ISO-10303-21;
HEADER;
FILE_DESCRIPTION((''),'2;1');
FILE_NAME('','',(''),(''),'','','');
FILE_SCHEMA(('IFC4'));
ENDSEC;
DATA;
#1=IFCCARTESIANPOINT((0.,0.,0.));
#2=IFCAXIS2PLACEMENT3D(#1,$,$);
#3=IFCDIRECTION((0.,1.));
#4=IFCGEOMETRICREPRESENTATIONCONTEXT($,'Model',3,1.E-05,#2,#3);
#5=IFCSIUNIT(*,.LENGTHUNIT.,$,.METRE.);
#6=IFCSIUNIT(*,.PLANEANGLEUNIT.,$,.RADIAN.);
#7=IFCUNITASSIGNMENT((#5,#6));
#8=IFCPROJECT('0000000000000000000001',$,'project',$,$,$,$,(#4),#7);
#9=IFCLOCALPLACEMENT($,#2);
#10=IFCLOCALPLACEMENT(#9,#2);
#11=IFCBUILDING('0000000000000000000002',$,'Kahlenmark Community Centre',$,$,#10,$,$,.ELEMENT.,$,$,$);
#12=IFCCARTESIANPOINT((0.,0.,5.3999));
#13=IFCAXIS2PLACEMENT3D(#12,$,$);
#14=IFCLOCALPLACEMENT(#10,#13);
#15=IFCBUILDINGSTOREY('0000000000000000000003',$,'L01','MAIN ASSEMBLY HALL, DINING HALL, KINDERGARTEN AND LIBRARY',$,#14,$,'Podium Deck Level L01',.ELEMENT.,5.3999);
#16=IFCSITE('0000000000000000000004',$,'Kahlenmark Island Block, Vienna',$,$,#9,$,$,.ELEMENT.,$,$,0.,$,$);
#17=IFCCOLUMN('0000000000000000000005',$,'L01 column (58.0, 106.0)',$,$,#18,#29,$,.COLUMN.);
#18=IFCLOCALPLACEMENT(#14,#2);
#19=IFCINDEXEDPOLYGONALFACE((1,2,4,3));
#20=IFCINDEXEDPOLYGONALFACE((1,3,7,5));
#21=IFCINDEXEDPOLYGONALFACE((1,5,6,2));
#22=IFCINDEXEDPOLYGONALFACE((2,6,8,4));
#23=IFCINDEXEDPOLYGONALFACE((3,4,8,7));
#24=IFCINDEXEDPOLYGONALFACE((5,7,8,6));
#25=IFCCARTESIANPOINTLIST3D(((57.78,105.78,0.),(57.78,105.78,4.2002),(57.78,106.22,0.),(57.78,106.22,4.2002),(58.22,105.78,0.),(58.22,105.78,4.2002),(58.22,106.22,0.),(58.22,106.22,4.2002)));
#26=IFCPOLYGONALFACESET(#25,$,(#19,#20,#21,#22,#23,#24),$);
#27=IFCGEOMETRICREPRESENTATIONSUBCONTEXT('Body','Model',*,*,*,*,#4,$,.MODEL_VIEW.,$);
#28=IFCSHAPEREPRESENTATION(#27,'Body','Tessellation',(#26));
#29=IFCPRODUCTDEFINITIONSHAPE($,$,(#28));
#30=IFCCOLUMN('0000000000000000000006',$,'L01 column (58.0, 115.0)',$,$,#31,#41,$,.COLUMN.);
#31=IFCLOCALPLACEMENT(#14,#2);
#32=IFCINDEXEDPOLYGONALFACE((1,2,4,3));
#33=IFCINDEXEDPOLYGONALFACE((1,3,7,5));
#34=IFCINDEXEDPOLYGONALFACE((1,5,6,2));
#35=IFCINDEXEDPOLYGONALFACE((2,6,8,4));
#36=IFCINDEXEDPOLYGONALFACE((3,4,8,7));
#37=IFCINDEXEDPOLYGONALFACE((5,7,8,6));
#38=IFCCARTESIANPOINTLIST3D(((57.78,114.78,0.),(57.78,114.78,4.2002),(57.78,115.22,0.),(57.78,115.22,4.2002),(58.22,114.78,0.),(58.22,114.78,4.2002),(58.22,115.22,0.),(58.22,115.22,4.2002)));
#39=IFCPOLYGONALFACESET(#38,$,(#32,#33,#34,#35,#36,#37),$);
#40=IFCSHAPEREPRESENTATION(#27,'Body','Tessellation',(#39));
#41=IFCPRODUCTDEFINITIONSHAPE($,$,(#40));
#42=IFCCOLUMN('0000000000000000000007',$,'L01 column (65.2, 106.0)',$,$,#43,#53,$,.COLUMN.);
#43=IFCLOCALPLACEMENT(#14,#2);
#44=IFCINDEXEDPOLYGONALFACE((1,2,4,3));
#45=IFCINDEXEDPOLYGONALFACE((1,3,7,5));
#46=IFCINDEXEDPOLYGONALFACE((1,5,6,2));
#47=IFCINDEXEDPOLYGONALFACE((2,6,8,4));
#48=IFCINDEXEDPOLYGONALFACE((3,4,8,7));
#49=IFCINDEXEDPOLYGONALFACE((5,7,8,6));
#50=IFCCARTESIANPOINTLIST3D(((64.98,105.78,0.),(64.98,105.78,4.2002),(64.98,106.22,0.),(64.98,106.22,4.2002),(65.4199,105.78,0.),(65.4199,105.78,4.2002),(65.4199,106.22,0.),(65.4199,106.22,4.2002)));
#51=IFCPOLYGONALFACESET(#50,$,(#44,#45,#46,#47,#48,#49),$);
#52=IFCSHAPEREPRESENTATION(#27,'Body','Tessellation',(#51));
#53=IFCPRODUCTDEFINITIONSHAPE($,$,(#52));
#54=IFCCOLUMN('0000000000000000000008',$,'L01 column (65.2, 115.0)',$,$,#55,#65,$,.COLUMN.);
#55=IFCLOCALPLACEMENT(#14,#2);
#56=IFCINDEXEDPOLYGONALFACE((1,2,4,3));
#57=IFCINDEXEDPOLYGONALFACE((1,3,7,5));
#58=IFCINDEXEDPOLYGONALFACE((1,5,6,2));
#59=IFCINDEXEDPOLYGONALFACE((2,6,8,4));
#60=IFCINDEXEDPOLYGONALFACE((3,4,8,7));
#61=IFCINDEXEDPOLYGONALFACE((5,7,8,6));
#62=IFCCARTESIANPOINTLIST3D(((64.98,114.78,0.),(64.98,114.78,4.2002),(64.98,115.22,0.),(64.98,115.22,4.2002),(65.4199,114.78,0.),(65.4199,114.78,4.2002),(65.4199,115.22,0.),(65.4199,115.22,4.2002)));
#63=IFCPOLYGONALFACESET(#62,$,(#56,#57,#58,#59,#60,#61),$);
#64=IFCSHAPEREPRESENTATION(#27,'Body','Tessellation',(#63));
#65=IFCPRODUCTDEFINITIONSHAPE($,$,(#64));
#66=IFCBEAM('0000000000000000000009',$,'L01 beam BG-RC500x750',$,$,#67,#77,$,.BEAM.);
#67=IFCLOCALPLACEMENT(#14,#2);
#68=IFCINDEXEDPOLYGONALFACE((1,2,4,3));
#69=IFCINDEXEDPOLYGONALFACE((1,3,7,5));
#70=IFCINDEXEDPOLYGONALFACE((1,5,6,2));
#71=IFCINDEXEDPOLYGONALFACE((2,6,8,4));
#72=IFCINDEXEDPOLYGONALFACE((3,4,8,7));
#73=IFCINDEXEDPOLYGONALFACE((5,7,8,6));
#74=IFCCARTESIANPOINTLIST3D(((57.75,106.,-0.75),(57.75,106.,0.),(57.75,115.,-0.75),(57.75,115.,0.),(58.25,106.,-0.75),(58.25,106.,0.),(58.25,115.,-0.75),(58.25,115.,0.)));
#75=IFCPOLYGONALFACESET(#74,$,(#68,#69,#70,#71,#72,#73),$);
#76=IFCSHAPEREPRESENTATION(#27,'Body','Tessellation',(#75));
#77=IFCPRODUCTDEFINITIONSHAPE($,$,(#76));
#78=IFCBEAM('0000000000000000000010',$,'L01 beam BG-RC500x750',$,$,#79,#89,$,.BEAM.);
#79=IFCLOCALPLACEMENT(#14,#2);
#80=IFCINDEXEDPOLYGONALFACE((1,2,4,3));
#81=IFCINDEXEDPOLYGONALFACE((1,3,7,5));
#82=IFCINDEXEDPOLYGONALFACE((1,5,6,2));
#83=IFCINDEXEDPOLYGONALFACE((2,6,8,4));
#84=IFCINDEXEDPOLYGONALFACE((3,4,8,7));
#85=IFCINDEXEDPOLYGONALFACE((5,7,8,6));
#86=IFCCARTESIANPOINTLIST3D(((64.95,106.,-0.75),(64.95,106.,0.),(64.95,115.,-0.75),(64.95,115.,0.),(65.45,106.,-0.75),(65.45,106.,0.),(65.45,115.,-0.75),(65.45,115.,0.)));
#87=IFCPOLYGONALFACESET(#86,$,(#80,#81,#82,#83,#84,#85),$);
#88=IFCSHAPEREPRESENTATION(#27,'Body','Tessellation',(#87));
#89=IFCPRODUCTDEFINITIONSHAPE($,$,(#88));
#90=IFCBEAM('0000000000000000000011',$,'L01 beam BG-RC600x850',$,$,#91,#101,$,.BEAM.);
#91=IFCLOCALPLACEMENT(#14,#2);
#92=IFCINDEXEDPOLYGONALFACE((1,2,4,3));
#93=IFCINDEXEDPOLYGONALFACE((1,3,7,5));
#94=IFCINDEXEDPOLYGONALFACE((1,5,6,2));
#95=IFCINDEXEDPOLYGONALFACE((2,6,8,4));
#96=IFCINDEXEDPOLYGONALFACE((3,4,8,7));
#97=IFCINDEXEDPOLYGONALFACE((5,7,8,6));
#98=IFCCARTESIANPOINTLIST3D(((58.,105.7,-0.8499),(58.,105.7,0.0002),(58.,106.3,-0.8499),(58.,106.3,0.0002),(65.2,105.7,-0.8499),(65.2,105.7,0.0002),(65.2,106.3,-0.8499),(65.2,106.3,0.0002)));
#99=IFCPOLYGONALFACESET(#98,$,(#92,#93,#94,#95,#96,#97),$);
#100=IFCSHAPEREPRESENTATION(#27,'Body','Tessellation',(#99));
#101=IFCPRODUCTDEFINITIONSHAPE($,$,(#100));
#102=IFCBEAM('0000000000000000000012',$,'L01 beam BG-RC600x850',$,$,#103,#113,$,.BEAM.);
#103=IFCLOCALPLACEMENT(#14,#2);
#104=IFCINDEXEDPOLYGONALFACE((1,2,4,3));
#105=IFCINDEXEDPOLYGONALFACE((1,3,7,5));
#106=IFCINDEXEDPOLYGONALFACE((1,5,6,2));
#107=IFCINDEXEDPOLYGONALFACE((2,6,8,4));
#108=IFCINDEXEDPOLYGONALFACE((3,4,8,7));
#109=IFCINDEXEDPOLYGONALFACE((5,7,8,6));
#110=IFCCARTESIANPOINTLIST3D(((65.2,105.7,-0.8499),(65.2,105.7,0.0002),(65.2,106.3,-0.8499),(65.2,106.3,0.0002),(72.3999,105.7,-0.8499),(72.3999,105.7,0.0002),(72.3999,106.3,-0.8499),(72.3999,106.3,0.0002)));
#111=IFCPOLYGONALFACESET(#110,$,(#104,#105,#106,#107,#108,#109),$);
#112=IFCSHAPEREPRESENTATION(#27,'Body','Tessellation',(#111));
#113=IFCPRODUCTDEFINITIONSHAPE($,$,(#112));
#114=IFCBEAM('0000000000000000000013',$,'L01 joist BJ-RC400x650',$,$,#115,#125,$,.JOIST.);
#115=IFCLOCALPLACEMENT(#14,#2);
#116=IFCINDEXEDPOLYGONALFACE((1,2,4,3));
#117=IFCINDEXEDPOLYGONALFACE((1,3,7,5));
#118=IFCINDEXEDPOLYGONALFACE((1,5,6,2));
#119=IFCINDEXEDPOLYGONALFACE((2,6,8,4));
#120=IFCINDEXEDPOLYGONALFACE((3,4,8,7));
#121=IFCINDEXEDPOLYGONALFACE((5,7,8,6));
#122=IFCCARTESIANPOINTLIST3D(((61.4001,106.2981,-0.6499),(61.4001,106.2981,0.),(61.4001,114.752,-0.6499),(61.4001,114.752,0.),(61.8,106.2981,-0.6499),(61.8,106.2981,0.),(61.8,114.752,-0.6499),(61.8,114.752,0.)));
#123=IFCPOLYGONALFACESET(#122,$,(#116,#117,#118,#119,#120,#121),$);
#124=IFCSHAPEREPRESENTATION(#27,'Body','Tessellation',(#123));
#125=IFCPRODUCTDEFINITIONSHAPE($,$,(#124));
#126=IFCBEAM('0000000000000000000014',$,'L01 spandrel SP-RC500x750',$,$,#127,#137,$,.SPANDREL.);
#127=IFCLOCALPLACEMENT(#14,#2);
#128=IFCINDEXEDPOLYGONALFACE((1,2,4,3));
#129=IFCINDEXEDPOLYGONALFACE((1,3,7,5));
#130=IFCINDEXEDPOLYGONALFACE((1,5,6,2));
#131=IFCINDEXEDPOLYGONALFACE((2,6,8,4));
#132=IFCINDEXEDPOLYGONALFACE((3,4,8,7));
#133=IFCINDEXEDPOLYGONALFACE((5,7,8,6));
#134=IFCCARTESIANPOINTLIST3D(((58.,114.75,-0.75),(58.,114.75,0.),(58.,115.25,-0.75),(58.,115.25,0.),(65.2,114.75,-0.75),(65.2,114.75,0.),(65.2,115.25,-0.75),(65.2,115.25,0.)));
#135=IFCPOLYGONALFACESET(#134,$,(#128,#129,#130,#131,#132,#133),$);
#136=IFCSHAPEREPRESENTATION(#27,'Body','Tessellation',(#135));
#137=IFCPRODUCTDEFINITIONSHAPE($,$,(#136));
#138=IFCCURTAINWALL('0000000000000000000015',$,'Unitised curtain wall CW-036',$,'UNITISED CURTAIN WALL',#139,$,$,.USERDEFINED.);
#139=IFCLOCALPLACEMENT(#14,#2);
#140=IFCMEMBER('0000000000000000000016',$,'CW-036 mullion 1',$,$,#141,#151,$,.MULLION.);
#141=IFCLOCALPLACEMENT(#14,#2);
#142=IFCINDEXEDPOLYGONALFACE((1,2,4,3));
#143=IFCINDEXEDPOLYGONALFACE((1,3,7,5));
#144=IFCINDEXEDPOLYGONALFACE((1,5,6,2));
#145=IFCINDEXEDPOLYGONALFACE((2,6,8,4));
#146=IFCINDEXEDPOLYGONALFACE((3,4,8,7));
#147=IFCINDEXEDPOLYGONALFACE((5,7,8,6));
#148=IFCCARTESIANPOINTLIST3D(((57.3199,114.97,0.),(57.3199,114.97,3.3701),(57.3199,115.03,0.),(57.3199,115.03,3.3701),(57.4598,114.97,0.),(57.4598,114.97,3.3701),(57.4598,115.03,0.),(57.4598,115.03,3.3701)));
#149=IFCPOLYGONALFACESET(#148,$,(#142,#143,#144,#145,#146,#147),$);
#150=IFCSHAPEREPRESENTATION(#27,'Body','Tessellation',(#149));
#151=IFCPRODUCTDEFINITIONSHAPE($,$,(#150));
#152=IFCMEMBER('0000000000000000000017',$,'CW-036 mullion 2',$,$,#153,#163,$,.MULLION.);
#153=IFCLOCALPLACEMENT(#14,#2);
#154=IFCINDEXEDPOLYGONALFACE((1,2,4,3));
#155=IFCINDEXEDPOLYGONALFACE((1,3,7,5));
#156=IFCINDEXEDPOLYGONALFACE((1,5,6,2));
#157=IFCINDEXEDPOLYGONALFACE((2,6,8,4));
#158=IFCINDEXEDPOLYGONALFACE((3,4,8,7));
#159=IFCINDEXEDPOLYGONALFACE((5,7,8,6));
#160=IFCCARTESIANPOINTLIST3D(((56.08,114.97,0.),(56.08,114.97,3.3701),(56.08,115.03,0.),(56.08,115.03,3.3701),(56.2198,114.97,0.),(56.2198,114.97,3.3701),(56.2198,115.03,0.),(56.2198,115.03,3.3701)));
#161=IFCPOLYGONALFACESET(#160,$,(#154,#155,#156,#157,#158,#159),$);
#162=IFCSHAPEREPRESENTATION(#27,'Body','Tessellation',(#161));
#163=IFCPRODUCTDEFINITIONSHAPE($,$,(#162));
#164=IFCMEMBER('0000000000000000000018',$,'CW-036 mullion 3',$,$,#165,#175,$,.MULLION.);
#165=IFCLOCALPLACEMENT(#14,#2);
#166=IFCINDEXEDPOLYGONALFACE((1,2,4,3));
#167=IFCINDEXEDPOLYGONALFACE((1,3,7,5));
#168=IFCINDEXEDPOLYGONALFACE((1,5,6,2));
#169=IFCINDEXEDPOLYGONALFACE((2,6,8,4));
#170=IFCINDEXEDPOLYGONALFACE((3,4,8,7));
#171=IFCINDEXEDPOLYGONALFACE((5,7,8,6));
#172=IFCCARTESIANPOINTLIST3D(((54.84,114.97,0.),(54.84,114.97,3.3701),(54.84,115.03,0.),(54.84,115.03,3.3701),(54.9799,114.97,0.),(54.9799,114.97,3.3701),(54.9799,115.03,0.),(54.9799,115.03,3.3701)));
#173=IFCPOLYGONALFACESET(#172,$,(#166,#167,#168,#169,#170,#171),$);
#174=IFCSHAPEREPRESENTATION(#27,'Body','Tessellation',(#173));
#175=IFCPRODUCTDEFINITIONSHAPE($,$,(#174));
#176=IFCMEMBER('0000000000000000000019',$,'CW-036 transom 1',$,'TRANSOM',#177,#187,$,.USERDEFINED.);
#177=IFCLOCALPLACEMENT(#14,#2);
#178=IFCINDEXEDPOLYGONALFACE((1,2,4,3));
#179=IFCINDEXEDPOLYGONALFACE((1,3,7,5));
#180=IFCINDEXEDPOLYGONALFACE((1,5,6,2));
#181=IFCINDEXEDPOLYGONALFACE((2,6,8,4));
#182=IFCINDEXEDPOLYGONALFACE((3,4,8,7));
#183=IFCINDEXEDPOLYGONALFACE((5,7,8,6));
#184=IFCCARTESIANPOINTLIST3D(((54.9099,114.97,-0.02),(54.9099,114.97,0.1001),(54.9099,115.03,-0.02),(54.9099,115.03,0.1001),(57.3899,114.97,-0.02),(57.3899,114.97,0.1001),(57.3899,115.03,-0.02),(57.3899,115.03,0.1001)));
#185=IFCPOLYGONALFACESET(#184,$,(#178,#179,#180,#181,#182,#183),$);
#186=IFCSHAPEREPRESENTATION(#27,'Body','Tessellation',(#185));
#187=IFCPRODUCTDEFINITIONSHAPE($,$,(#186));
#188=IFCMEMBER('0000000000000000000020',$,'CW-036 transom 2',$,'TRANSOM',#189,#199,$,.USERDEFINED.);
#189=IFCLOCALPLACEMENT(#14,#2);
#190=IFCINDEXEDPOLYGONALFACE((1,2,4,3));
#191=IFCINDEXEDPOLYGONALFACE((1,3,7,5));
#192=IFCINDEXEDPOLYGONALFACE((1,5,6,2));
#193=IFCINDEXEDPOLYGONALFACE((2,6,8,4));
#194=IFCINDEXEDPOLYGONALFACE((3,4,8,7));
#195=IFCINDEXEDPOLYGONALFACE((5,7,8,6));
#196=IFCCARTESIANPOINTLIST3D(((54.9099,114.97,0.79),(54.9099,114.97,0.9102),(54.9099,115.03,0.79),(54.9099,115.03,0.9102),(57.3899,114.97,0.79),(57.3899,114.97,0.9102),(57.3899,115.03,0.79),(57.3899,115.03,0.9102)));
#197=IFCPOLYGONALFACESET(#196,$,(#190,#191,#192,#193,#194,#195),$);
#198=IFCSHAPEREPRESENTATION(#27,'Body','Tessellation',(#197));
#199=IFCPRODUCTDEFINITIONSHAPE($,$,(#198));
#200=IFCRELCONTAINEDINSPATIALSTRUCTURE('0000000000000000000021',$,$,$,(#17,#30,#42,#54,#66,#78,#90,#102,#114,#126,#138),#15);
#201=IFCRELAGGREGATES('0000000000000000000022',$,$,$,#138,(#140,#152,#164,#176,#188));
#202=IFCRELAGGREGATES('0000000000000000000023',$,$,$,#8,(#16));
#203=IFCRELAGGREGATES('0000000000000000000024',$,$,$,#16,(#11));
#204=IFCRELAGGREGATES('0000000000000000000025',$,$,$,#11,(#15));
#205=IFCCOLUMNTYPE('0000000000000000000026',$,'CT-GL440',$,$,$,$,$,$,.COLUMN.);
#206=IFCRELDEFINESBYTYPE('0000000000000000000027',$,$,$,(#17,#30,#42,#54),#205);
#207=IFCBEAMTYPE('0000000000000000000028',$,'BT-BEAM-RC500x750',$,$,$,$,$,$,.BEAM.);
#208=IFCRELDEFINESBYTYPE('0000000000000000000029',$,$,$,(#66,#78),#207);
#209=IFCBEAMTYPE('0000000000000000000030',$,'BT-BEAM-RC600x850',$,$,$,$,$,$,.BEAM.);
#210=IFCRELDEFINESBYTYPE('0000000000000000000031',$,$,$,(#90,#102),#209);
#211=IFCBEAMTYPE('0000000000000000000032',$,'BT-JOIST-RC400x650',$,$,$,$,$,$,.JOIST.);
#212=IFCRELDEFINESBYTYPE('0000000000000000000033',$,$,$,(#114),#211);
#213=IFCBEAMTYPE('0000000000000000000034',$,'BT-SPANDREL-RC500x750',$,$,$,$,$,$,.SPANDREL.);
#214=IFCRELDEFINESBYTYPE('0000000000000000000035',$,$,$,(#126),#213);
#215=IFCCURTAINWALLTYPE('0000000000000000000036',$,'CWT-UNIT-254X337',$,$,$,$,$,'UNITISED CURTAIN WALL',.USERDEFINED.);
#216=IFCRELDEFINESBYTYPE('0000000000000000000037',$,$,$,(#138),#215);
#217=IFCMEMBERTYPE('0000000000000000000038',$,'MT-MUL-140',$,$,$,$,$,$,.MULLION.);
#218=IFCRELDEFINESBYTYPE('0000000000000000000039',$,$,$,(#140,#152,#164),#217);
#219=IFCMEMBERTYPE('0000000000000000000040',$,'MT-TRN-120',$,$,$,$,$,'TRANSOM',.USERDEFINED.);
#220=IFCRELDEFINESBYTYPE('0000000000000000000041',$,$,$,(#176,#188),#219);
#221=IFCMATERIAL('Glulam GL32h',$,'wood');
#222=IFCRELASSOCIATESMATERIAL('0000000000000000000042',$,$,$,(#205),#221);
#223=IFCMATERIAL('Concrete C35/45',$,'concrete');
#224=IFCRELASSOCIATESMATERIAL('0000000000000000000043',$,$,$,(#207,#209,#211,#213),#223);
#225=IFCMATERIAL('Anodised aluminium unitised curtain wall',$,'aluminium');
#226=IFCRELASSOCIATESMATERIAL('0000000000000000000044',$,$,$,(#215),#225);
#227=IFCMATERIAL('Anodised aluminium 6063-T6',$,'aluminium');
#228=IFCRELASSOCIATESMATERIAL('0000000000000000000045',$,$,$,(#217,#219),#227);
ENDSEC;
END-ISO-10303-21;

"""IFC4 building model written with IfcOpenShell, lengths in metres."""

from ifc_helpers import new_model, si_unit, direction, frame, origin, origin_2d, place, context, subcontext, project, spatial, rectangle, extrude, material, material_profile, profile_set, type_object, element, aggregate, save


model = new_model("IFC4")

# Units and contexts
model_context = context("Model", 3, precision=1e-05, world=origin(), true_north=direction((0.0, 1.0)))
body_context = subcontext(model_context, "Body", "Model", "MODEL_VIEW")
ifc_project = project(units=[si_unit("LENGTHUNIT", "METRE"), si_unit("PLANEANGLEUNIT", "RADIAN")], contexts=[model_context])

# Site, building, storey
site_placement = place(None, origin())
site = spatial("IfcSite", under=ifc_project, at=site_placement, Name="Kahlenmark Island Block, Vienna", CompositionType="ELEMENT", RefElevation=0.0)
building_placement = place(site_placement, origin())
building = spatial("IfcBuilding", under=site, at=building_placement, Name="Kahlenmark Community Centre", CompositionType="ELEMENT")
storey_placement = place(building_placement, frame((0.0, 0.0, 5.3999)))
storey = spatial("IfcBuildingStorey", under=building, at=storey_placement, Name="L01", Description="MAIN ASSEMBLY HALL, DINING HALL, KINDERGARTEN AND LIBRARY", LongName="Podium Deck Level L01", CompositionType="ELEMENT", Elevation=5.3999)

# Columns
ifc_material_1 = material(Name="Glulam GL32h", Category="wood")
ifc_material_profile_1 = material_profile(ifc_material_1, rectangle(XDim=0.4399, YDim=0.4399, at=origin_2d()), Name="GL32h 440x440")
ifc_profile_set_1 = profile_set([ifc_material_profile_1], Name="Glulam GL32h")
column_type = type_object("IfcColumnType", Name="CT-GL440", PredefinedType="COLUMN", material=ifc_profile_set_1)
for number, where, z_axis, x_axis, name in (
    (1, (58.0, 106.0, 0.0), (0.0, 0.0, 1.0), (1.0, 0.0, 0.0), "L01 column (58.0, 106.0)"),
    (2, (58.0, 115.0, 0.0), (0.0, 0.0, 1.0), (1.0, 0.0, 0.0), "L01 column (58.0, 115.0)"),
    (3, (65.2, 106.0, 0.0), (0.0, 0.0, 1.0), (1.0, 0.0, 0.0), "L01 column (65.2, 106.0)"),
    (4, (65.2, 115.0, 0.0), (0.0, 0.0, 1.0), (1.0, 0.0, 0.0), "L01 column (65.2, 115.0)"),
):
    element("IfcColumn", number, at=place(storey_placement, frame(where, z_axis=z_axis, x_axis=x_axis)), inside=storey, type_object=column_type, Name=name, PredefinedType="COLUMN", context=body_context, shape_type="SweptSolid", body=[
        extrude(rectangle(XDim=0.4399, YDim=0.4399, at=origin_2d()), origin(), (0.0, 0.0, 1.0), 4.2002),
    ])

# Beams
ifc_material_2 = material(Name="Concrete C35/45", Category="concrete")
ifc_material_profile_2 = material_profile(ifc_material_2, rectangle(XDim=0.5, YDim=0.75, at=origin_2d()), Name="RC 500x750")
ifc_profile_set_2 = profile_set([ifc_material_profile_2], Name="Concrete C35/45")
beam_type_1 = type_object("IfcBeamType", Name="BT-BEAM-RC500x750", PredefinedType="BEAM", material=ifc_profile_set_2)
for number, where, z_axis, x_axis, name in (
    (5, (58.0, 106.0, -0.375), (0.0, 1.0, 0.0), (-1.0, 0.0, 0.0), "L01 beam BG-RC500x750"),
    (6, (65.2, 106.0, -0.375), (0.0, 1.0, 0.0), (-1.0, 0.0, 0.0), "L01 beam BG-RC500x750"),
):
    element("IfcBeam", number, at=place(storey_placement, frame(where, z_axis=z_axis, x_axis=x_axis)), inside=storey, type_object=beam_type_1, Name=name, PredefinedType="BEAM", context=body_context, shape_type="SweptSolid", body=[
        extrude(rectangle(XDim=0.5, YDim=0.75, at=origin_2d()), origin(), (0.0, 0.0, 1.0), 9.0),
    ])
ifc_material_profile_3 = material_profile(ifc_material_2, rectangle(XDim=0.6001, YDim=0.8501, at=origin_2d()), Name="RC 600x850")
ifc_profile_set_3 = profile_set([ifc_material_profile_3], Name="Concrete C35/45")
beam_type_2 = type_object("IfcBeamType", Name="BT-BEAM-RC600x850", PredefinedType="BEAM", material=ifc_profile_set_3)
for number, where, z_axis, x_axis, name in (
    (7, (58.0, 106.0, -0.4248), (1.0, 0.0, 0.0), (0.0, 1.0, 0.0), "L01 beam BG-RC600x850"),
    (8, (65.2, 106.0, -0.4248), (1.0, 0.0, 0.0), (0.0, 1.0, 0.0), "L01 beam BG-RC600x850"),
):
    element("IfcBeam", number, at=place(storey_placement, frame(where, z_axis=z_axis, x_axis=x_axis)), inside=storey, type_object=beam_type_2, Name=name, PredefinedType="BEAM", context=body_context, shape_type="SweptSolid", body=[
        extrude(rectangle(XDim=0.6001, YDim=0.8501, at=origin_2d()), origin(), (0.0, 0.0, 1.0), 7.2),
    ])
ifc_material_profile_4 = material_profile(ifc_material_2, rectangle(XDim=0.3999, YDim=0.6499, at=origin_2d()), Name="RC 400x650")
ifc_profile_set_4 = profile_set([ifc_material_profile_4], Name="Concrete C35/45")
beam_type_3 = type_object("IfcBeamType", Name="BT-JOIST-RC400x650", PredefinedType="JOIST", material=ifc_profile_set_4)
beam_1_placement = place(storey_placement, frame((61.6001, 106.2981, -0.325), z_axis=(0.0, 1.0, 0.0), x_axis=(-1.0, 0.0, 0.0)))
element("IfcBeam", 9, at=beam_1_placement, inside=storey, type_object=beam_type_3, Name="L01 joist BJ-RC400x650", PredefinedType="JOIST", context=body_context, shape_type="SweptSolid", body=[
    extrude(rectangle(XDim=0.3999, YDim=0.6499, at=origin_2d()), origin(), (0.0, 0.0, 1.0), 8.4539),
])
ifc_material_profile_5 = material_profile(ifc_material_2, rectangle(XDim=0.5, YDim=0.75, at=origin_2d()), Name="RC 500x750")
ifc_profile_set_5 = profile_set([ifc_material_profile_5], Name="Concrete C35/45")
beam_type_4 = type_object("IfcBeamType", Name="BT-SPANDREL-RC500x750", PredefinedType="SPANDREL", material=ifc_profile_set_5)
beam_2_placement = place(storey_placement, frame((58.0, 115.0, -0.375), z_axis=(1.0, 0.0, 0.0), x_axis=(0.0, 1.0, 0.0)))
element("IfcBeam", 10, at=beam_2_placement, inside=storey, type_object=beam_type_4, Name="L01 spandrel SP-RC500x750", PredefinedType="SPANDREL", context=body_context, shape_type="SweptSolid", body=[
    extrude(rectangle(XDim=0.5, YDim=0.75, at=origin_2d()), origin(), (0.0, 0.0, 1.0), 7.2),
])

# Curtain wall, members
ifc_material_3 = material(Name="Anodised aluminium unitised curtain wall", Category="aluminium")
curtain_wall_type = type_object("IfcCurtainWallType", Name="CWT-UNIT-254X337", ElementType="UNITISED CURTAIN WALL", PredefinedType="USERDEFINED", material=ifc_material_3)
curtain_wall_placement = place(storey_placement, origin())
curtain_wall = element("IfcCurtainWall", 11, at=curtain_wall_placement, inside=storey, type_object=curtain_wall_type, Name="Unitised curtain wall CW-036", ObjectType="UNITISED CURTAIN WALL", PredefinedType="USERDEFINED")
ifc_material_4 = material(Name="Anodised aluminium 6063-T6", Category="aluminium")
ifc_material_profile_6 = material_profile(ifc_material_4, rectangle(XDim=0.0601, YDim=0.1399, at=origin_2d()), Name="ALU MULLION 60x140")
ifc_profile_set_6 = profile_set([ifc_material_profile_6], Name="Anodised aluminium 6063-T6")
member_type_1 = type_object("IfcMemberType", Name="MT-MUL-140", PredefinedType="MULLION", material=ifc_profile_set_6)
member_1_placement = place(storey_placement, frame((57.3899, 115.0, 0.0), z_axis=(0.0, 0.0, 1.0), x_axis=(0.0, -1.0, 0.0)))
member_1 = element("IfcMember", 12, at=member_1_placement, type_object=member_type_1, Name="CW-036 mullion 1", PredefinedType="MULLION", context=body_context, shape_type="SweptSolid", body=[
    extrude(rectangle(XDim=0.0601, YDim=0.1399, at=origin_2d()), origin(), (0.0, 0.0, 1.0), 3.3701),
])
member_2_placement = place(storey_placement, frame((56.1499, 115.0, 0.0), z_axis=(0.0, 0.0, 1.0), x_axis=(0.0, -1.0, 0.0)))
member_2 = element("IfcMember", 13, at=member_2_placement, type_object=member_type_1, Name="CW-036 mullion 2", PredefinedType="MULLION", context=body_context, shape_type="SweptSolid", body=[
    extrude(rectangle(XDim=0.0601, YDim=0.1399, at=origin_2d()), origin(), (0.0, 0.0, 1.0), 3.3701),
])
member_3_placement = place(storey_placement, frame((54.9099, 115.0, 0.0), z_axis=(0.0, 0.0, 1.0), x_axis=(0.0, -1.0, 0.0)))
member_3 = element("IfcMember", 14, at=member_3_placement, type_object=member_type_1, Name="CW-036 mullion 3", PredefinedType="MULLION", context=body_context, shape_type="SweptSolid", body=[
    extrude(rectangle(XDim=0.0601, YDim=0.1399, at=origin_2d()), origin(), (0.0, 0.0, 1.0), 3.3701),
])
ifc_material_profile_7 = material_profile(ifc_material_4, rectangle(XDim=0.0601, YDim=0.1201, at=origin_2d()), Name="ALU TRANSOM 60x120")
ifc_profile_set_7 = profile_set([ifc_material_profile_7], Name="Anodised aluminium 6063-T6")
member_type_2 = type_object("IfcMemberType", Name="MT-TRN-120", ElementType="TRANSOM", PredefinedType="USERDEFINED", material=ifc_profile_set_7)
member_4_placement = place(storey_placement, frame((57.3899, 115.0, 0.04), z_axis=(-1.0, 0.0, 0.0), x_axis=(0.0, -1.0, 0.0)))
member_4 = element("IfcMember", 15, at=member_4_placement, type_object=member_type_2, Name="CW-036 transom 1", ObjectType="TRANSOM", PredefinedType="USERDEFINED", context=body_context, shape_type="SweptSolid", body=[
    extrude(rectangle(XDim=0.0601, YDim=0.1201, at=origin_2d()), origin(), (0.0, 0.0, 1.0), 2.48),
])
member_5_placement = place(storey_placement, frame((57.3899, 115.0, 0.8501), z_axis=(-1.0, 0.0, 0.0), x_axis=(0.0, -1.0, 0.0)))
member_5 = element("IfcMember", 16, at=member_5_placement, type_object=member_type_2, Name="CW-036 transom 2", ObjectType="TRANSOM", PredefinedType="USERDEFINED", context=body_context, shape_type="SweptSolid", body=[
    extrude(rectangle(XDim=0.0601, YDim=0.1201, at=origin_2d()), origin(), (0.0, 0.0, 1.0), 2.48),
])
aggregate(curtain_wall, [member_1, member_2, member_3, member_4, member_5])

save(model, "model.ifc")
